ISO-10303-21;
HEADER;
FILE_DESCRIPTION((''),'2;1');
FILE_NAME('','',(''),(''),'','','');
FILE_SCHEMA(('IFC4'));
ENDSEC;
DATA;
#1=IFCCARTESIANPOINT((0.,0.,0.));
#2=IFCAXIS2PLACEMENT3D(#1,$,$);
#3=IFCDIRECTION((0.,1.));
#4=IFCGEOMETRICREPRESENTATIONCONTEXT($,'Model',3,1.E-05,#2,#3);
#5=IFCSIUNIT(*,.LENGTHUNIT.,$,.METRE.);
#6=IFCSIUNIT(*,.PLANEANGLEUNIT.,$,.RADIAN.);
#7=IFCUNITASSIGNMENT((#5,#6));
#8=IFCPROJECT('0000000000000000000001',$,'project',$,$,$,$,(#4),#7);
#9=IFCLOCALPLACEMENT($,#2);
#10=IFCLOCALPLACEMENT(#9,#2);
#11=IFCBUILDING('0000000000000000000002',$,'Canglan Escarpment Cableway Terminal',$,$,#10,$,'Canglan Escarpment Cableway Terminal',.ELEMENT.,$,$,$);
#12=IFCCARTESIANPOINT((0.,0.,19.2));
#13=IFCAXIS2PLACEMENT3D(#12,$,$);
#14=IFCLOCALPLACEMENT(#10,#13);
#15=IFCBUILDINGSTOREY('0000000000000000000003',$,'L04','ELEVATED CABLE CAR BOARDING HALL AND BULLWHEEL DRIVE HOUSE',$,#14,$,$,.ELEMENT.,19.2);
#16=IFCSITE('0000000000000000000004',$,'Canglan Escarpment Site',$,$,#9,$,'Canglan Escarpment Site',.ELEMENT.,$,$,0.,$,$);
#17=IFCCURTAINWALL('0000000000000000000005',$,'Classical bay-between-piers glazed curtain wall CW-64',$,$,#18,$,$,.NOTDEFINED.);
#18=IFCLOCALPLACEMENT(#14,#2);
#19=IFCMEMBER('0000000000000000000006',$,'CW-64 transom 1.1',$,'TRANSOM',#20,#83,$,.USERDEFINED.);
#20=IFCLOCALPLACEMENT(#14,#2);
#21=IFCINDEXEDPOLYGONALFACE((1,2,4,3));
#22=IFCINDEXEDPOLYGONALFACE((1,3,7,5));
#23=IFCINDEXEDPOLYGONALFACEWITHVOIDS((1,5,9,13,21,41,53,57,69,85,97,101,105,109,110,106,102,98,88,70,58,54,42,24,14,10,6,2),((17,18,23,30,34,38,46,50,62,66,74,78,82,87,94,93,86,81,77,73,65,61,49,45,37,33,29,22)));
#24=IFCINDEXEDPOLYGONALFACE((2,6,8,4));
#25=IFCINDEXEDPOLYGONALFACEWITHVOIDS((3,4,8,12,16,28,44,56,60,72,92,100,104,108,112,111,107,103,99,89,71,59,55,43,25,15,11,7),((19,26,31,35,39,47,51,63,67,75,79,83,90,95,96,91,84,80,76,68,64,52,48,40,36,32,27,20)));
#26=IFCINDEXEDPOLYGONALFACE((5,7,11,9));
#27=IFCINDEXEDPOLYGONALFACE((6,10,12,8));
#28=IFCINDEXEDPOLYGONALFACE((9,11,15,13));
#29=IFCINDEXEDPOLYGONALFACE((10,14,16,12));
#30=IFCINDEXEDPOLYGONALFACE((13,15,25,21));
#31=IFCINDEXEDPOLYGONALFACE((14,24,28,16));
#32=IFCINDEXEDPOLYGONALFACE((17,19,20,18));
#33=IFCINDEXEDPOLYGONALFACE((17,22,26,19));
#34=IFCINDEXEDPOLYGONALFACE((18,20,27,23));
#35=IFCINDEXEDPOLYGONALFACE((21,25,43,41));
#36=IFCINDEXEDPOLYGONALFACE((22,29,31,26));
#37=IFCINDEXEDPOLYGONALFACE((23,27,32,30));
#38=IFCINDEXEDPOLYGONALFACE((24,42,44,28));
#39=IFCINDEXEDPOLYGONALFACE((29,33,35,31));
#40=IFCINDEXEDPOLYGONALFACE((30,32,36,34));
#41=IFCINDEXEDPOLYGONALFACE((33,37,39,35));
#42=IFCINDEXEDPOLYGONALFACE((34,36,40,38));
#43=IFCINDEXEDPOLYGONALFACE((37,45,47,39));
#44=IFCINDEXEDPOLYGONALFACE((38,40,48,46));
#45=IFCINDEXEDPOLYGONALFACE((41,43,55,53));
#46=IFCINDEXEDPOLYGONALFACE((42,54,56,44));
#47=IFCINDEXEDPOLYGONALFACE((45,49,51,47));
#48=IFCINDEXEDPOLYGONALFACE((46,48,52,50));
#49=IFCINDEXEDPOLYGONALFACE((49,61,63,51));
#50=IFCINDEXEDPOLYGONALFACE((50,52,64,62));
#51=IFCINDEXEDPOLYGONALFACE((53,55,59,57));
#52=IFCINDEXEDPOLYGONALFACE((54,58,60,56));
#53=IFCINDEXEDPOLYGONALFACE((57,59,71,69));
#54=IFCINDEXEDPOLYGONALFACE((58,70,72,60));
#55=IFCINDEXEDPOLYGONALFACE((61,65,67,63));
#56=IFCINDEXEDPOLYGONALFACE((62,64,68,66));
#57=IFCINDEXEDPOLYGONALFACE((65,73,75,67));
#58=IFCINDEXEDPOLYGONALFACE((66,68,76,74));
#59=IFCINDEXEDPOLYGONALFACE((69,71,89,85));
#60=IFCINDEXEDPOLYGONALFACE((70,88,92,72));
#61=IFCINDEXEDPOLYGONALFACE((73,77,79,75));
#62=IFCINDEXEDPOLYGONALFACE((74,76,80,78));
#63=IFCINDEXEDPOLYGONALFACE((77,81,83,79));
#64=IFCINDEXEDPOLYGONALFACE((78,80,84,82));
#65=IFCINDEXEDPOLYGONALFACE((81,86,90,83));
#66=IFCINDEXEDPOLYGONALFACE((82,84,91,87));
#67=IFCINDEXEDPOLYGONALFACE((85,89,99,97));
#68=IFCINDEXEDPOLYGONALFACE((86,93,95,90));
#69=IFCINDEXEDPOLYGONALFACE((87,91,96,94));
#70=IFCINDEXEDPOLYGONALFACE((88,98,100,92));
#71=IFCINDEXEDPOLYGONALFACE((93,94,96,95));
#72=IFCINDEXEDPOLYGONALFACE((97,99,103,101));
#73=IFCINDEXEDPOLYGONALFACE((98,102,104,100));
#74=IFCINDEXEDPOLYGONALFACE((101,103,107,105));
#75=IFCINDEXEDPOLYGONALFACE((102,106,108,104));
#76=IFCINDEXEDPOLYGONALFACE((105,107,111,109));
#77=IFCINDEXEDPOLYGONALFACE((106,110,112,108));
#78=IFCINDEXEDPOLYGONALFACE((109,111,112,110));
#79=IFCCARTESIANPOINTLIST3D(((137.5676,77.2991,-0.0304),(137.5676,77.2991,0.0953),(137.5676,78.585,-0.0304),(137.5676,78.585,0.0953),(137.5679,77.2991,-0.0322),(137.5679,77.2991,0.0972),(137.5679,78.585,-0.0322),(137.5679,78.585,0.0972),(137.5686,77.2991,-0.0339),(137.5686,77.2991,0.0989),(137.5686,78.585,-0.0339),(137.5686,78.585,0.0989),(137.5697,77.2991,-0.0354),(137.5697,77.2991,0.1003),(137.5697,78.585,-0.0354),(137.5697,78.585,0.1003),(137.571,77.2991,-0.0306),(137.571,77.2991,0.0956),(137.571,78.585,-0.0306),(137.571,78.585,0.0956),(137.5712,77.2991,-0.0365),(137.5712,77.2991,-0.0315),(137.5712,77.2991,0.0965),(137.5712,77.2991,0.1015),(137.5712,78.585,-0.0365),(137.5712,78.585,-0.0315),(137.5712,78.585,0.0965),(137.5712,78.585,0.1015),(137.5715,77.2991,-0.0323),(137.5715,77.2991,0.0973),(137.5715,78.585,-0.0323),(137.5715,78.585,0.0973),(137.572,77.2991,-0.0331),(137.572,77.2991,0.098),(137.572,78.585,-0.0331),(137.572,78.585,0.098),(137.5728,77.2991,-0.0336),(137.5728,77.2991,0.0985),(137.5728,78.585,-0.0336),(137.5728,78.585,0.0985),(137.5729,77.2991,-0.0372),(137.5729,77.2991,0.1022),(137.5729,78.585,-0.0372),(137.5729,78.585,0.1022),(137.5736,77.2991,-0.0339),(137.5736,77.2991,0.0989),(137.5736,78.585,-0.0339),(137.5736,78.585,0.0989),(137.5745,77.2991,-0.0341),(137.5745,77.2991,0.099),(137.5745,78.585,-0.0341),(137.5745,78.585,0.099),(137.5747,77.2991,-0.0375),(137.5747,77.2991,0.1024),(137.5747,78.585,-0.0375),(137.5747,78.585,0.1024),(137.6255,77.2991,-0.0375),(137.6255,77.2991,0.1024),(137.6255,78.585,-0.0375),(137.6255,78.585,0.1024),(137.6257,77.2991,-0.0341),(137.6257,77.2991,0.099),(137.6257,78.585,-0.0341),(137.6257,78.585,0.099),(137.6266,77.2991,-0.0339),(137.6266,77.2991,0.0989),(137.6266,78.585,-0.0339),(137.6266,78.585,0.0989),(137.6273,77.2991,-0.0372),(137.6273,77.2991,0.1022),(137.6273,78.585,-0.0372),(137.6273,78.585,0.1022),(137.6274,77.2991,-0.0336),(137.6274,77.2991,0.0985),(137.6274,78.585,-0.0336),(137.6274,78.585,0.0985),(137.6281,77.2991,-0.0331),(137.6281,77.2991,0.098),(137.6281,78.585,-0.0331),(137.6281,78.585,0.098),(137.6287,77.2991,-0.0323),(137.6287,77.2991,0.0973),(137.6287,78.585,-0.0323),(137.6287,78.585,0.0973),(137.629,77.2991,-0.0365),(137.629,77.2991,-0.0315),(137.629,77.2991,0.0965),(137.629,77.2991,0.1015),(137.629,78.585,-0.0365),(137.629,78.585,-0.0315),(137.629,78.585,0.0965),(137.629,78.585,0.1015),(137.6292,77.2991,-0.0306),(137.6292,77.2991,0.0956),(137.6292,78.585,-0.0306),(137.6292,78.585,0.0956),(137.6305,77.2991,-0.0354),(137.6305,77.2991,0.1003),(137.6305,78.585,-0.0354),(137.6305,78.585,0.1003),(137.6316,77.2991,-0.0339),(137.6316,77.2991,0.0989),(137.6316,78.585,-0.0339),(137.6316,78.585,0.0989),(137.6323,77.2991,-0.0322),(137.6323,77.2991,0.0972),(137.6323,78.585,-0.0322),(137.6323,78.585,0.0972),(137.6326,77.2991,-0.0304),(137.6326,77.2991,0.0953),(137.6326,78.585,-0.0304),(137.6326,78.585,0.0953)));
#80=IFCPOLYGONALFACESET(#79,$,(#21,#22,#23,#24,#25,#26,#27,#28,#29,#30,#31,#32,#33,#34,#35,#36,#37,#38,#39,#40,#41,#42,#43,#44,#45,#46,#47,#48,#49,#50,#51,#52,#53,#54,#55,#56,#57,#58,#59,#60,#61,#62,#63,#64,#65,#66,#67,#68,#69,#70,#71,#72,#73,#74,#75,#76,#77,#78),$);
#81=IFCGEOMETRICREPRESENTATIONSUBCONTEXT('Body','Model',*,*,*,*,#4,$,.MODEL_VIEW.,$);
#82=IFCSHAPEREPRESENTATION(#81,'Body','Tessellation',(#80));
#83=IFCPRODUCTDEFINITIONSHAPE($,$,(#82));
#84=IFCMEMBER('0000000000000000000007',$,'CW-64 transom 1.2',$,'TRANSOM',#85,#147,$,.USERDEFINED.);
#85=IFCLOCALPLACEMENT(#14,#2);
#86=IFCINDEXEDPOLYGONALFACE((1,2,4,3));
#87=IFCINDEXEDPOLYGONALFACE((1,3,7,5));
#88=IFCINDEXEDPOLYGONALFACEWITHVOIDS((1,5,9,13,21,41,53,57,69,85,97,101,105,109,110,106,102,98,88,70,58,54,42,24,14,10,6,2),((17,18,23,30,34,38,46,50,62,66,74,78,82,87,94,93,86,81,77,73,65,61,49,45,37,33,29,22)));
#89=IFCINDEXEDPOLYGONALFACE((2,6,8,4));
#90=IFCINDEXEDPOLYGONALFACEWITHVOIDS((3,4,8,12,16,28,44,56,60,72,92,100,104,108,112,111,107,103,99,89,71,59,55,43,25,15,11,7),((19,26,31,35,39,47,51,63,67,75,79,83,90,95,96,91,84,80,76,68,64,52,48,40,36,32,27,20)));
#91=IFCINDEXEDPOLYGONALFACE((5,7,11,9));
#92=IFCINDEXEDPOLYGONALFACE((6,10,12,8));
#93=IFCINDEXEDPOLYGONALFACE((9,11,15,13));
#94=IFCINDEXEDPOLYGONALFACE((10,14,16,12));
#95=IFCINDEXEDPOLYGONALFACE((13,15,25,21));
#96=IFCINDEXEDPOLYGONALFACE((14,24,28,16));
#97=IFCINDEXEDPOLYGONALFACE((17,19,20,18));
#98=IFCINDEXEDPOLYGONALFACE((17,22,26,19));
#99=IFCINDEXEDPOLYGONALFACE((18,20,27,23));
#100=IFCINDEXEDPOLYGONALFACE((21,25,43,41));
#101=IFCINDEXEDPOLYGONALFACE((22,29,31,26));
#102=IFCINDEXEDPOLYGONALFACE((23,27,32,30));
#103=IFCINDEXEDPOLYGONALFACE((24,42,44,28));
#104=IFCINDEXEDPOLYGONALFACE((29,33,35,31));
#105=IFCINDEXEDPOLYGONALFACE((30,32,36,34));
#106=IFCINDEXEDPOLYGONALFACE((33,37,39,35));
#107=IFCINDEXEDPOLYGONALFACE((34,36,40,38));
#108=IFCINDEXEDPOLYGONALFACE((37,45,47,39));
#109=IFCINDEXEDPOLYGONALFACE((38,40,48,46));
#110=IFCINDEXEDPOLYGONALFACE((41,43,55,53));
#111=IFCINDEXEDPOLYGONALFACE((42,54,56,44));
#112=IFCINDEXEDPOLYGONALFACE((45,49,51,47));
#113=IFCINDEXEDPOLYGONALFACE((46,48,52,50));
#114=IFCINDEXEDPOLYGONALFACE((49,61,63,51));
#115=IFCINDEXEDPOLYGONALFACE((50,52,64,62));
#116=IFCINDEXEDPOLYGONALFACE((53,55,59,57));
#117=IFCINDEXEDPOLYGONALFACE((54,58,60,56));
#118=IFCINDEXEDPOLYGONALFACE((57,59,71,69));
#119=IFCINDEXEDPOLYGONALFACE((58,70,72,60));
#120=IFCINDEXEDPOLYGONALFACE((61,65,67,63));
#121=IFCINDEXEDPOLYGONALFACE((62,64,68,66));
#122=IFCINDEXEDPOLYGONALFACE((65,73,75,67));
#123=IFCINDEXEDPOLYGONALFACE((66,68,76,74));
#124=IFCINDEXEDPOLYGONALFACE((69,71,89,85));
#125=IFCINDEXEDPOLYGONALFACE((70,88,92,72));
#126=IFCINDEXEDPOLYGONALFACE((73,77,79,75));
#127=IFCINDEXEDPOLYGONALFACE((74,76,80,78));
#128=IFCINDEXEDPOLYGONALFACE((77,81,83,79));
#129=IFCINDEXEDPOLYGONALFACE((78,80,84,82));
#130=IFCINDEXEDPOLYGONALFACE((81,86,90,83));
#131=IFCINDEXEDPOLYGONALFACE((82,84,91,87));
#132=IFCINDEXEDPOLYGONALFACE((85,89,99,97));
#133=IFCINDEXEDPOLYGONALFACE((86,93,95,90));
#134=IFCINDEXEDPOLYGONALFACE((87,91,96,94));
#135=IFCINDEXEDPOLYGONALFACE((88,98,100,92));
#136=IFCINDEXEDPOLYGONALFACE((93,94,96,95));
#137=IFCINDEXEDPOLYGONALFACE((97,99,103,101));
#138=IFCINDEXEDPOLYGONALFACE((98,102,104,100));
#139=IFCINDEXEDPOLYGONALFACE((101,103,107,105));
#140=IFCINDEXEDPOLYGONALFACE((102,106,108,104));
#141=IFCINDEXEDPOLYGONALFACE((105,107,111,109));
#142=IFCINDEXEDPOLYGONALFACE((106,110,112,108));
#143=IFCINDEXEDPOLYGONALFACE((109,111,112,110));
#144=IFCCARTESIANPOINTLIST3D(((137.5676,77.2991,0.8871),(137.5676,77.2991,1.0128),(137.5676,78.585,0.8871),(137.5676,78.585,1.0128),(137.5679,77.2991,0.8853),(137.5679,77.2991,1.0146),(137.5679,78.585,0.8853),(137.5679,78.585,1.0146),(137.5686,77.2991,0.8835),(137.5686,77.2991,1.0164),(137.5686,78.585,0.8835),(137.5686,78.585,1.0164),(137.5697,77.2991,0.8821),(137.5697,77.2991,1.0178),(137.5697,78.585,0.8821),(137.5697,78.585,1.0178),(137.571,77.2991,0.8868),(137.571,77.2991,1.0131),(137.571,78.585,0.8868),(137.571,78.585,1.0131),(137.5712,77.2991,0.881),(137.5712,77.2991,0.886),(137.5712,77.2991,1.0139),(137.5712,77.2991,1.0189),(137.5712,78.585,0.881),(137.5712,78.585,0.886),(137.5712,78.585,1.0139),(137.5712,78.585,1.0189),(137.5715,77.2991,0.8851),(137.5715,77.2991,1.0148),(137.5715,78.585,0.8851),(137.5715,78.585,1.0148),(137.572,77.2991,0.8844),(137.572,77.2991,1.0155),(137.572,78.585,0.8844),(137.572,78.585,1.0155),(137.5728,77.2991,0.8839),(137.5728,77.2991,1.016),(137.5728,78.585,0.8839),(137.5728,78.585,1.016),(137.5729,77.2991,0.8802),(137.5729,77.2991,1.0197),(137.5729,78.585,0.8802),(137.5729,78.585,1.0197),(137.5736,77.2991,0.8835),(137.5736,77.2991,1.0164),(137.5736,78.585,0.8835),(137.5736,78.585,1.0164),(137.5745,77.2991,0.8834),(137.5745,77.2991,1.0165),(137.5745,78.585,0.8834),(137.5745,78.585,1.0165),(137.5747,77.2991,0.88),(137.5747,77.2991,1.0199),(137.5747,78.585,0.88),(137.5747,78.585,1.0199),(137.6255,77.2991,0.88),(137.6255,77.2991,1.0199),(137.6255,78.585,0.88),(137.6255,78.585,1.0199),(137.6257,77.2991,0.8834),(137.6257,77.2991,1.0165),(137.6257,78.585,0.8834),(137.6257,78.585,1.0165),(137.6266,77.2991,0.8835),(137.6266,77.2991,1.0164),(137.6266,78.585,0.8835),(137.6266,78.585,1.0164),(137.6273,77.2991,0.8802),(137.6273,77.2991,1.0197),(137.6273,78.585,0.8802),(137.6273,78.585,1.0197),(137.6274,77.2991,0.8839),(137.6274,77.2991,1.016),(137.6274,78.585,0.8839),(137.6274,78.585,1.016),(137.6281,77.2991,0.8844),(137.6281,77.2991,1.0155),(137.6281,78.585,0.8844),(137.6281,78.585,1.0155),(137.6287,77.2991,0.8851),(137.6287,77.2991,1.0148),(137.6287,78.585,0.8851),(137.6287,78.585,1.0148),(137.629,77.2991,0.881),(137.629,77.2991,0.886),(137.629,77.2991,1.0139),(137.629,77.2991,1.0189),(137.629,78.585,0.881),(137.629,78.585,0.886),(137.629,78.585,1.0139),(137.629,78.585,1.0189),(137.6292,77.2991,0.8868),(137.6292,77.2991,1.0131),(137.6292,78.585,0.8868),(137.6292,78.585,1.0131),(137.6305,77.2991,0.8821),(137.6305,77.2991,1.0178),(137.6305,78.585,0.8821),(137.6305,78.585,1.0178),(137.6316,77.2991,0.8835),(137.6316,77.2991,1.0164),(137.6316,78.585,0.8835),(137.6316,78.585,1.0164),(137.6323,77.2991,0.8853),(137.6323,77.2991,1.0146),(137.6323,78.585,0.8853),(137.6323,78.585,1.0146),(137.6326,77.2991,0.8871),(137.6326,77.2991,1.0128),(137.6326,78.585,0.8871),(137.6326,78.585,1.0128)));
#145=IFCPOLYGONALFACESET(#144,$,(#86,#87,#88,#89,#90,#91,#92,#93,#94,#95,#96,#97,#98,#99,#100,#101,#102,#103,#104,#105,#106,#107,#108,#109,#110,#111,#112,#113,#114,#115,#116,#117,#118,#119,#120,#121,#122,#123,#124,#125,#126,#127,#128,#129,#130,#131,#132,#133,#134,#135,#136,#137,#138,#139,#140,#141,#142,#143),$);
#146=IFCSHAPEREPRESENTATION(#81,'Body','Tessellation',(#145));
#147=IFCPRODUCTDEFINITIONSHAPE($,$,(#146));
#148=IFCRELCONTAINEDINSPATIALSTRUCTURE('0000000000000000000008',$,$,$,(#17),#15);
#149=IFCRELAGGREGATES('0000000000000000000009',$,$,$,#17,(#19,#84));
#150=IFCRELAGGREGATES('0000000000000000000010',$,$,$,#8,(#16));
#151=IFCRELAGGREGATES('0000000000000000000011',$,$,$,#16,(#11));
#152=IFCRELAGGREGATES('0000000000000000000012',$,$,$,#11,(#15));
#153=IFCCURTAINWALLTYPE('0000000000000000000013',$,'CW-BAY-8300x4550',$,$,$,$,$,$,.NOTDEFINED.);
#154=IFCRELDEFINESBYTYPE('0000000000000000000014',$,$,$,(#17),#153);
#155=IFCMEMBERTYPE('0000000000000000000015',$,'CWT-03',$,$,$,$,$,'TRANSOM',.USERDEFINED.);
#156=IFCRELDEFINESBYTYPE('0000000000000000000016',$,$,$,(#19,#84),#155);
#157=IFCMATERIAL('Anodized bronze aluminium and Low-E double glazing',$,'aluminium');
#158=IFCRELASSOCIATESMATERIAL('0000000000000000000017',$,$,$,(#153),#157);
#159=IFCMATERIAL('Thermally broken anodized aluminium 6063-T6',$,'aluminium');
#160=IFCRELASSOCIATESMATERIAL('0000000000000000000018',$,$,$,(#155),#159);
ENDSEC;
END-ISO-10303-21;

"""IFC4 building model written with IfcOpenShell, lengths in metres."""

from ifc_helpers import new_model, si_unit, direction, frame, origin, origin_2d, place, context, subcontext, project, spatial, hollow_rectangle, extrude, material, material_profile, profile_set, type_object, element, aggregate, save


model = new_model("IFC4")

# Units and contexts
model_context = context("Model", 3, precision=1e-05, world=origin(), true_north=direction((0.0, 1.0)))
body_context = subcontext(model_context, "Body", "Model", "MODEL_VIEW")
ifc_project = project(units=[si_unit("LENGTHUNIT", "METRE"), si_unit("PLANEANGLEUNIT", "RADIAN")], contexts=[model_context])

# Site, building, storey
site_placement = place(None, origin())
site = spatial("IfcSite", under=ifc_project, at=site_placement, Name="Canglan Escarpment Site", LongName="Canglan Escarpment Site", CompositionType="ELEMENT", RefElevation=0.0)
building_placement = place(site_placement, origin())
building = spatial("IfcBuilding", under=site, at=building_placement, Name="Canglan Escarpment Cableway Terminal", LongName="Canglan Escarpment Cableway Terminal", CompositionType="ELEMENT")
storey_placement = place(building_placement, frame((0.0, 0.0, 19.2)))
storey = spatial("IfcBuildingStorey", under=building, at=storey_placement, Name="L04", Description="ELEVATED CABLE CAR BOARDING HALL AND BULLWHEEL DRIVE HOUSE", CompositionType="ELEMENT", Elevation=19.2)

# Curtain wall
ifc_material_1 = material(Name="Anodized bronze aluminium and Low-E double glazing", Category="aluminium")
curtain_wall_type = type_object("IfcCurtainWallType", Name="CW-BAY-8300x4550", PredefinedType="NOTDEFINED", material=ifc_material_1)
ifc_material_2 = material(Name="Thermally broken anodized aluminium 6063-T6", Category="aluminium")
curtain_wall_1_placement = place(storey_placement, origin())
curtain_wall_1 = element("IfcCurtainWall", 1, at=curtain_wall_1_placement, inside=storey, type_object=curtain_wall_type, Name="Classical bay-between-piers glazed curtain wall CW-64", PredefinedType="NOTDEFINED")

# Members
ifc_material_profile_1 = material_profile(ifc_material_2, hollow_rectangle(XDim=0.0649, YDim=0.1399, WallThickness=0.0034, InnerFilletRadius=0.0034, OuterFilletRadius=0.0071, at=origin_2d()), Name="ALU-TRAN 65x140x3.5")
ifc_profile_set_1 = profile_set([ifc_material_profile_1], Name="Thermally broken anodized aluminium 6063-T6")
member_type_1 = type_object("IfcMemberType", Name="CWT-03", ElementType="TRANSOM", PredefinedType="USERDEFINED", material=ifc_profile_set_1)
member_1_placement = place(storey_placement, frame((137.6001, 78.585, 0.0325), z_axis=(0.0, -1.0, 0.0), x_axis=(1.0, 0.0, 0.0)))
member_1 = element("IfcMember", 2, at=member_1_placement, type_object=member_type_1, Name="CW-64 transom 1.1", ObjectType="TRANSOM", PredefinedType="USERDEFINED", context=body_context, shape_type="SweptSolid", body=[
    extrude(hollow_rectangle(XDim=0.0649, YDim=0.1399, WallThickness=0.0034, InnerFilletRadius=0.0034, OuterFilletRadius=0.0071, at=origin_2d()), origin(), (0.0, 0.0, 1.0), 1.2859),
])
member_2_placement = place(storey_placement, frame((137.6001, 78.585, 0.95), z_axis=(0.0, -1.0, 0.0), x_axis=(1.0, 0.0, 0.0)))
member_2 = element("IfcMember", 3, at=member_2_placement, type_object=member_type_1, Name="CW-64 transom 1.2", ObjectType="TRANSOM", PredefinedType="USERDEFINED", context=body_context, shape_type="SweptSolid", body=[
    extrude(hollow_rectangle(XDim=0.0649, YDim=0.1399, WallThickness=0.0034, InnerFilletRadius=0.0034, OuterFilletRadius=0.0071, at=origin_2d()), origin(), (0.0, 0.0, 1.0), 1.2859),
])

aggregate(curtain_wall_1, [member_1, member_2])

save(model, "model.ifc")
